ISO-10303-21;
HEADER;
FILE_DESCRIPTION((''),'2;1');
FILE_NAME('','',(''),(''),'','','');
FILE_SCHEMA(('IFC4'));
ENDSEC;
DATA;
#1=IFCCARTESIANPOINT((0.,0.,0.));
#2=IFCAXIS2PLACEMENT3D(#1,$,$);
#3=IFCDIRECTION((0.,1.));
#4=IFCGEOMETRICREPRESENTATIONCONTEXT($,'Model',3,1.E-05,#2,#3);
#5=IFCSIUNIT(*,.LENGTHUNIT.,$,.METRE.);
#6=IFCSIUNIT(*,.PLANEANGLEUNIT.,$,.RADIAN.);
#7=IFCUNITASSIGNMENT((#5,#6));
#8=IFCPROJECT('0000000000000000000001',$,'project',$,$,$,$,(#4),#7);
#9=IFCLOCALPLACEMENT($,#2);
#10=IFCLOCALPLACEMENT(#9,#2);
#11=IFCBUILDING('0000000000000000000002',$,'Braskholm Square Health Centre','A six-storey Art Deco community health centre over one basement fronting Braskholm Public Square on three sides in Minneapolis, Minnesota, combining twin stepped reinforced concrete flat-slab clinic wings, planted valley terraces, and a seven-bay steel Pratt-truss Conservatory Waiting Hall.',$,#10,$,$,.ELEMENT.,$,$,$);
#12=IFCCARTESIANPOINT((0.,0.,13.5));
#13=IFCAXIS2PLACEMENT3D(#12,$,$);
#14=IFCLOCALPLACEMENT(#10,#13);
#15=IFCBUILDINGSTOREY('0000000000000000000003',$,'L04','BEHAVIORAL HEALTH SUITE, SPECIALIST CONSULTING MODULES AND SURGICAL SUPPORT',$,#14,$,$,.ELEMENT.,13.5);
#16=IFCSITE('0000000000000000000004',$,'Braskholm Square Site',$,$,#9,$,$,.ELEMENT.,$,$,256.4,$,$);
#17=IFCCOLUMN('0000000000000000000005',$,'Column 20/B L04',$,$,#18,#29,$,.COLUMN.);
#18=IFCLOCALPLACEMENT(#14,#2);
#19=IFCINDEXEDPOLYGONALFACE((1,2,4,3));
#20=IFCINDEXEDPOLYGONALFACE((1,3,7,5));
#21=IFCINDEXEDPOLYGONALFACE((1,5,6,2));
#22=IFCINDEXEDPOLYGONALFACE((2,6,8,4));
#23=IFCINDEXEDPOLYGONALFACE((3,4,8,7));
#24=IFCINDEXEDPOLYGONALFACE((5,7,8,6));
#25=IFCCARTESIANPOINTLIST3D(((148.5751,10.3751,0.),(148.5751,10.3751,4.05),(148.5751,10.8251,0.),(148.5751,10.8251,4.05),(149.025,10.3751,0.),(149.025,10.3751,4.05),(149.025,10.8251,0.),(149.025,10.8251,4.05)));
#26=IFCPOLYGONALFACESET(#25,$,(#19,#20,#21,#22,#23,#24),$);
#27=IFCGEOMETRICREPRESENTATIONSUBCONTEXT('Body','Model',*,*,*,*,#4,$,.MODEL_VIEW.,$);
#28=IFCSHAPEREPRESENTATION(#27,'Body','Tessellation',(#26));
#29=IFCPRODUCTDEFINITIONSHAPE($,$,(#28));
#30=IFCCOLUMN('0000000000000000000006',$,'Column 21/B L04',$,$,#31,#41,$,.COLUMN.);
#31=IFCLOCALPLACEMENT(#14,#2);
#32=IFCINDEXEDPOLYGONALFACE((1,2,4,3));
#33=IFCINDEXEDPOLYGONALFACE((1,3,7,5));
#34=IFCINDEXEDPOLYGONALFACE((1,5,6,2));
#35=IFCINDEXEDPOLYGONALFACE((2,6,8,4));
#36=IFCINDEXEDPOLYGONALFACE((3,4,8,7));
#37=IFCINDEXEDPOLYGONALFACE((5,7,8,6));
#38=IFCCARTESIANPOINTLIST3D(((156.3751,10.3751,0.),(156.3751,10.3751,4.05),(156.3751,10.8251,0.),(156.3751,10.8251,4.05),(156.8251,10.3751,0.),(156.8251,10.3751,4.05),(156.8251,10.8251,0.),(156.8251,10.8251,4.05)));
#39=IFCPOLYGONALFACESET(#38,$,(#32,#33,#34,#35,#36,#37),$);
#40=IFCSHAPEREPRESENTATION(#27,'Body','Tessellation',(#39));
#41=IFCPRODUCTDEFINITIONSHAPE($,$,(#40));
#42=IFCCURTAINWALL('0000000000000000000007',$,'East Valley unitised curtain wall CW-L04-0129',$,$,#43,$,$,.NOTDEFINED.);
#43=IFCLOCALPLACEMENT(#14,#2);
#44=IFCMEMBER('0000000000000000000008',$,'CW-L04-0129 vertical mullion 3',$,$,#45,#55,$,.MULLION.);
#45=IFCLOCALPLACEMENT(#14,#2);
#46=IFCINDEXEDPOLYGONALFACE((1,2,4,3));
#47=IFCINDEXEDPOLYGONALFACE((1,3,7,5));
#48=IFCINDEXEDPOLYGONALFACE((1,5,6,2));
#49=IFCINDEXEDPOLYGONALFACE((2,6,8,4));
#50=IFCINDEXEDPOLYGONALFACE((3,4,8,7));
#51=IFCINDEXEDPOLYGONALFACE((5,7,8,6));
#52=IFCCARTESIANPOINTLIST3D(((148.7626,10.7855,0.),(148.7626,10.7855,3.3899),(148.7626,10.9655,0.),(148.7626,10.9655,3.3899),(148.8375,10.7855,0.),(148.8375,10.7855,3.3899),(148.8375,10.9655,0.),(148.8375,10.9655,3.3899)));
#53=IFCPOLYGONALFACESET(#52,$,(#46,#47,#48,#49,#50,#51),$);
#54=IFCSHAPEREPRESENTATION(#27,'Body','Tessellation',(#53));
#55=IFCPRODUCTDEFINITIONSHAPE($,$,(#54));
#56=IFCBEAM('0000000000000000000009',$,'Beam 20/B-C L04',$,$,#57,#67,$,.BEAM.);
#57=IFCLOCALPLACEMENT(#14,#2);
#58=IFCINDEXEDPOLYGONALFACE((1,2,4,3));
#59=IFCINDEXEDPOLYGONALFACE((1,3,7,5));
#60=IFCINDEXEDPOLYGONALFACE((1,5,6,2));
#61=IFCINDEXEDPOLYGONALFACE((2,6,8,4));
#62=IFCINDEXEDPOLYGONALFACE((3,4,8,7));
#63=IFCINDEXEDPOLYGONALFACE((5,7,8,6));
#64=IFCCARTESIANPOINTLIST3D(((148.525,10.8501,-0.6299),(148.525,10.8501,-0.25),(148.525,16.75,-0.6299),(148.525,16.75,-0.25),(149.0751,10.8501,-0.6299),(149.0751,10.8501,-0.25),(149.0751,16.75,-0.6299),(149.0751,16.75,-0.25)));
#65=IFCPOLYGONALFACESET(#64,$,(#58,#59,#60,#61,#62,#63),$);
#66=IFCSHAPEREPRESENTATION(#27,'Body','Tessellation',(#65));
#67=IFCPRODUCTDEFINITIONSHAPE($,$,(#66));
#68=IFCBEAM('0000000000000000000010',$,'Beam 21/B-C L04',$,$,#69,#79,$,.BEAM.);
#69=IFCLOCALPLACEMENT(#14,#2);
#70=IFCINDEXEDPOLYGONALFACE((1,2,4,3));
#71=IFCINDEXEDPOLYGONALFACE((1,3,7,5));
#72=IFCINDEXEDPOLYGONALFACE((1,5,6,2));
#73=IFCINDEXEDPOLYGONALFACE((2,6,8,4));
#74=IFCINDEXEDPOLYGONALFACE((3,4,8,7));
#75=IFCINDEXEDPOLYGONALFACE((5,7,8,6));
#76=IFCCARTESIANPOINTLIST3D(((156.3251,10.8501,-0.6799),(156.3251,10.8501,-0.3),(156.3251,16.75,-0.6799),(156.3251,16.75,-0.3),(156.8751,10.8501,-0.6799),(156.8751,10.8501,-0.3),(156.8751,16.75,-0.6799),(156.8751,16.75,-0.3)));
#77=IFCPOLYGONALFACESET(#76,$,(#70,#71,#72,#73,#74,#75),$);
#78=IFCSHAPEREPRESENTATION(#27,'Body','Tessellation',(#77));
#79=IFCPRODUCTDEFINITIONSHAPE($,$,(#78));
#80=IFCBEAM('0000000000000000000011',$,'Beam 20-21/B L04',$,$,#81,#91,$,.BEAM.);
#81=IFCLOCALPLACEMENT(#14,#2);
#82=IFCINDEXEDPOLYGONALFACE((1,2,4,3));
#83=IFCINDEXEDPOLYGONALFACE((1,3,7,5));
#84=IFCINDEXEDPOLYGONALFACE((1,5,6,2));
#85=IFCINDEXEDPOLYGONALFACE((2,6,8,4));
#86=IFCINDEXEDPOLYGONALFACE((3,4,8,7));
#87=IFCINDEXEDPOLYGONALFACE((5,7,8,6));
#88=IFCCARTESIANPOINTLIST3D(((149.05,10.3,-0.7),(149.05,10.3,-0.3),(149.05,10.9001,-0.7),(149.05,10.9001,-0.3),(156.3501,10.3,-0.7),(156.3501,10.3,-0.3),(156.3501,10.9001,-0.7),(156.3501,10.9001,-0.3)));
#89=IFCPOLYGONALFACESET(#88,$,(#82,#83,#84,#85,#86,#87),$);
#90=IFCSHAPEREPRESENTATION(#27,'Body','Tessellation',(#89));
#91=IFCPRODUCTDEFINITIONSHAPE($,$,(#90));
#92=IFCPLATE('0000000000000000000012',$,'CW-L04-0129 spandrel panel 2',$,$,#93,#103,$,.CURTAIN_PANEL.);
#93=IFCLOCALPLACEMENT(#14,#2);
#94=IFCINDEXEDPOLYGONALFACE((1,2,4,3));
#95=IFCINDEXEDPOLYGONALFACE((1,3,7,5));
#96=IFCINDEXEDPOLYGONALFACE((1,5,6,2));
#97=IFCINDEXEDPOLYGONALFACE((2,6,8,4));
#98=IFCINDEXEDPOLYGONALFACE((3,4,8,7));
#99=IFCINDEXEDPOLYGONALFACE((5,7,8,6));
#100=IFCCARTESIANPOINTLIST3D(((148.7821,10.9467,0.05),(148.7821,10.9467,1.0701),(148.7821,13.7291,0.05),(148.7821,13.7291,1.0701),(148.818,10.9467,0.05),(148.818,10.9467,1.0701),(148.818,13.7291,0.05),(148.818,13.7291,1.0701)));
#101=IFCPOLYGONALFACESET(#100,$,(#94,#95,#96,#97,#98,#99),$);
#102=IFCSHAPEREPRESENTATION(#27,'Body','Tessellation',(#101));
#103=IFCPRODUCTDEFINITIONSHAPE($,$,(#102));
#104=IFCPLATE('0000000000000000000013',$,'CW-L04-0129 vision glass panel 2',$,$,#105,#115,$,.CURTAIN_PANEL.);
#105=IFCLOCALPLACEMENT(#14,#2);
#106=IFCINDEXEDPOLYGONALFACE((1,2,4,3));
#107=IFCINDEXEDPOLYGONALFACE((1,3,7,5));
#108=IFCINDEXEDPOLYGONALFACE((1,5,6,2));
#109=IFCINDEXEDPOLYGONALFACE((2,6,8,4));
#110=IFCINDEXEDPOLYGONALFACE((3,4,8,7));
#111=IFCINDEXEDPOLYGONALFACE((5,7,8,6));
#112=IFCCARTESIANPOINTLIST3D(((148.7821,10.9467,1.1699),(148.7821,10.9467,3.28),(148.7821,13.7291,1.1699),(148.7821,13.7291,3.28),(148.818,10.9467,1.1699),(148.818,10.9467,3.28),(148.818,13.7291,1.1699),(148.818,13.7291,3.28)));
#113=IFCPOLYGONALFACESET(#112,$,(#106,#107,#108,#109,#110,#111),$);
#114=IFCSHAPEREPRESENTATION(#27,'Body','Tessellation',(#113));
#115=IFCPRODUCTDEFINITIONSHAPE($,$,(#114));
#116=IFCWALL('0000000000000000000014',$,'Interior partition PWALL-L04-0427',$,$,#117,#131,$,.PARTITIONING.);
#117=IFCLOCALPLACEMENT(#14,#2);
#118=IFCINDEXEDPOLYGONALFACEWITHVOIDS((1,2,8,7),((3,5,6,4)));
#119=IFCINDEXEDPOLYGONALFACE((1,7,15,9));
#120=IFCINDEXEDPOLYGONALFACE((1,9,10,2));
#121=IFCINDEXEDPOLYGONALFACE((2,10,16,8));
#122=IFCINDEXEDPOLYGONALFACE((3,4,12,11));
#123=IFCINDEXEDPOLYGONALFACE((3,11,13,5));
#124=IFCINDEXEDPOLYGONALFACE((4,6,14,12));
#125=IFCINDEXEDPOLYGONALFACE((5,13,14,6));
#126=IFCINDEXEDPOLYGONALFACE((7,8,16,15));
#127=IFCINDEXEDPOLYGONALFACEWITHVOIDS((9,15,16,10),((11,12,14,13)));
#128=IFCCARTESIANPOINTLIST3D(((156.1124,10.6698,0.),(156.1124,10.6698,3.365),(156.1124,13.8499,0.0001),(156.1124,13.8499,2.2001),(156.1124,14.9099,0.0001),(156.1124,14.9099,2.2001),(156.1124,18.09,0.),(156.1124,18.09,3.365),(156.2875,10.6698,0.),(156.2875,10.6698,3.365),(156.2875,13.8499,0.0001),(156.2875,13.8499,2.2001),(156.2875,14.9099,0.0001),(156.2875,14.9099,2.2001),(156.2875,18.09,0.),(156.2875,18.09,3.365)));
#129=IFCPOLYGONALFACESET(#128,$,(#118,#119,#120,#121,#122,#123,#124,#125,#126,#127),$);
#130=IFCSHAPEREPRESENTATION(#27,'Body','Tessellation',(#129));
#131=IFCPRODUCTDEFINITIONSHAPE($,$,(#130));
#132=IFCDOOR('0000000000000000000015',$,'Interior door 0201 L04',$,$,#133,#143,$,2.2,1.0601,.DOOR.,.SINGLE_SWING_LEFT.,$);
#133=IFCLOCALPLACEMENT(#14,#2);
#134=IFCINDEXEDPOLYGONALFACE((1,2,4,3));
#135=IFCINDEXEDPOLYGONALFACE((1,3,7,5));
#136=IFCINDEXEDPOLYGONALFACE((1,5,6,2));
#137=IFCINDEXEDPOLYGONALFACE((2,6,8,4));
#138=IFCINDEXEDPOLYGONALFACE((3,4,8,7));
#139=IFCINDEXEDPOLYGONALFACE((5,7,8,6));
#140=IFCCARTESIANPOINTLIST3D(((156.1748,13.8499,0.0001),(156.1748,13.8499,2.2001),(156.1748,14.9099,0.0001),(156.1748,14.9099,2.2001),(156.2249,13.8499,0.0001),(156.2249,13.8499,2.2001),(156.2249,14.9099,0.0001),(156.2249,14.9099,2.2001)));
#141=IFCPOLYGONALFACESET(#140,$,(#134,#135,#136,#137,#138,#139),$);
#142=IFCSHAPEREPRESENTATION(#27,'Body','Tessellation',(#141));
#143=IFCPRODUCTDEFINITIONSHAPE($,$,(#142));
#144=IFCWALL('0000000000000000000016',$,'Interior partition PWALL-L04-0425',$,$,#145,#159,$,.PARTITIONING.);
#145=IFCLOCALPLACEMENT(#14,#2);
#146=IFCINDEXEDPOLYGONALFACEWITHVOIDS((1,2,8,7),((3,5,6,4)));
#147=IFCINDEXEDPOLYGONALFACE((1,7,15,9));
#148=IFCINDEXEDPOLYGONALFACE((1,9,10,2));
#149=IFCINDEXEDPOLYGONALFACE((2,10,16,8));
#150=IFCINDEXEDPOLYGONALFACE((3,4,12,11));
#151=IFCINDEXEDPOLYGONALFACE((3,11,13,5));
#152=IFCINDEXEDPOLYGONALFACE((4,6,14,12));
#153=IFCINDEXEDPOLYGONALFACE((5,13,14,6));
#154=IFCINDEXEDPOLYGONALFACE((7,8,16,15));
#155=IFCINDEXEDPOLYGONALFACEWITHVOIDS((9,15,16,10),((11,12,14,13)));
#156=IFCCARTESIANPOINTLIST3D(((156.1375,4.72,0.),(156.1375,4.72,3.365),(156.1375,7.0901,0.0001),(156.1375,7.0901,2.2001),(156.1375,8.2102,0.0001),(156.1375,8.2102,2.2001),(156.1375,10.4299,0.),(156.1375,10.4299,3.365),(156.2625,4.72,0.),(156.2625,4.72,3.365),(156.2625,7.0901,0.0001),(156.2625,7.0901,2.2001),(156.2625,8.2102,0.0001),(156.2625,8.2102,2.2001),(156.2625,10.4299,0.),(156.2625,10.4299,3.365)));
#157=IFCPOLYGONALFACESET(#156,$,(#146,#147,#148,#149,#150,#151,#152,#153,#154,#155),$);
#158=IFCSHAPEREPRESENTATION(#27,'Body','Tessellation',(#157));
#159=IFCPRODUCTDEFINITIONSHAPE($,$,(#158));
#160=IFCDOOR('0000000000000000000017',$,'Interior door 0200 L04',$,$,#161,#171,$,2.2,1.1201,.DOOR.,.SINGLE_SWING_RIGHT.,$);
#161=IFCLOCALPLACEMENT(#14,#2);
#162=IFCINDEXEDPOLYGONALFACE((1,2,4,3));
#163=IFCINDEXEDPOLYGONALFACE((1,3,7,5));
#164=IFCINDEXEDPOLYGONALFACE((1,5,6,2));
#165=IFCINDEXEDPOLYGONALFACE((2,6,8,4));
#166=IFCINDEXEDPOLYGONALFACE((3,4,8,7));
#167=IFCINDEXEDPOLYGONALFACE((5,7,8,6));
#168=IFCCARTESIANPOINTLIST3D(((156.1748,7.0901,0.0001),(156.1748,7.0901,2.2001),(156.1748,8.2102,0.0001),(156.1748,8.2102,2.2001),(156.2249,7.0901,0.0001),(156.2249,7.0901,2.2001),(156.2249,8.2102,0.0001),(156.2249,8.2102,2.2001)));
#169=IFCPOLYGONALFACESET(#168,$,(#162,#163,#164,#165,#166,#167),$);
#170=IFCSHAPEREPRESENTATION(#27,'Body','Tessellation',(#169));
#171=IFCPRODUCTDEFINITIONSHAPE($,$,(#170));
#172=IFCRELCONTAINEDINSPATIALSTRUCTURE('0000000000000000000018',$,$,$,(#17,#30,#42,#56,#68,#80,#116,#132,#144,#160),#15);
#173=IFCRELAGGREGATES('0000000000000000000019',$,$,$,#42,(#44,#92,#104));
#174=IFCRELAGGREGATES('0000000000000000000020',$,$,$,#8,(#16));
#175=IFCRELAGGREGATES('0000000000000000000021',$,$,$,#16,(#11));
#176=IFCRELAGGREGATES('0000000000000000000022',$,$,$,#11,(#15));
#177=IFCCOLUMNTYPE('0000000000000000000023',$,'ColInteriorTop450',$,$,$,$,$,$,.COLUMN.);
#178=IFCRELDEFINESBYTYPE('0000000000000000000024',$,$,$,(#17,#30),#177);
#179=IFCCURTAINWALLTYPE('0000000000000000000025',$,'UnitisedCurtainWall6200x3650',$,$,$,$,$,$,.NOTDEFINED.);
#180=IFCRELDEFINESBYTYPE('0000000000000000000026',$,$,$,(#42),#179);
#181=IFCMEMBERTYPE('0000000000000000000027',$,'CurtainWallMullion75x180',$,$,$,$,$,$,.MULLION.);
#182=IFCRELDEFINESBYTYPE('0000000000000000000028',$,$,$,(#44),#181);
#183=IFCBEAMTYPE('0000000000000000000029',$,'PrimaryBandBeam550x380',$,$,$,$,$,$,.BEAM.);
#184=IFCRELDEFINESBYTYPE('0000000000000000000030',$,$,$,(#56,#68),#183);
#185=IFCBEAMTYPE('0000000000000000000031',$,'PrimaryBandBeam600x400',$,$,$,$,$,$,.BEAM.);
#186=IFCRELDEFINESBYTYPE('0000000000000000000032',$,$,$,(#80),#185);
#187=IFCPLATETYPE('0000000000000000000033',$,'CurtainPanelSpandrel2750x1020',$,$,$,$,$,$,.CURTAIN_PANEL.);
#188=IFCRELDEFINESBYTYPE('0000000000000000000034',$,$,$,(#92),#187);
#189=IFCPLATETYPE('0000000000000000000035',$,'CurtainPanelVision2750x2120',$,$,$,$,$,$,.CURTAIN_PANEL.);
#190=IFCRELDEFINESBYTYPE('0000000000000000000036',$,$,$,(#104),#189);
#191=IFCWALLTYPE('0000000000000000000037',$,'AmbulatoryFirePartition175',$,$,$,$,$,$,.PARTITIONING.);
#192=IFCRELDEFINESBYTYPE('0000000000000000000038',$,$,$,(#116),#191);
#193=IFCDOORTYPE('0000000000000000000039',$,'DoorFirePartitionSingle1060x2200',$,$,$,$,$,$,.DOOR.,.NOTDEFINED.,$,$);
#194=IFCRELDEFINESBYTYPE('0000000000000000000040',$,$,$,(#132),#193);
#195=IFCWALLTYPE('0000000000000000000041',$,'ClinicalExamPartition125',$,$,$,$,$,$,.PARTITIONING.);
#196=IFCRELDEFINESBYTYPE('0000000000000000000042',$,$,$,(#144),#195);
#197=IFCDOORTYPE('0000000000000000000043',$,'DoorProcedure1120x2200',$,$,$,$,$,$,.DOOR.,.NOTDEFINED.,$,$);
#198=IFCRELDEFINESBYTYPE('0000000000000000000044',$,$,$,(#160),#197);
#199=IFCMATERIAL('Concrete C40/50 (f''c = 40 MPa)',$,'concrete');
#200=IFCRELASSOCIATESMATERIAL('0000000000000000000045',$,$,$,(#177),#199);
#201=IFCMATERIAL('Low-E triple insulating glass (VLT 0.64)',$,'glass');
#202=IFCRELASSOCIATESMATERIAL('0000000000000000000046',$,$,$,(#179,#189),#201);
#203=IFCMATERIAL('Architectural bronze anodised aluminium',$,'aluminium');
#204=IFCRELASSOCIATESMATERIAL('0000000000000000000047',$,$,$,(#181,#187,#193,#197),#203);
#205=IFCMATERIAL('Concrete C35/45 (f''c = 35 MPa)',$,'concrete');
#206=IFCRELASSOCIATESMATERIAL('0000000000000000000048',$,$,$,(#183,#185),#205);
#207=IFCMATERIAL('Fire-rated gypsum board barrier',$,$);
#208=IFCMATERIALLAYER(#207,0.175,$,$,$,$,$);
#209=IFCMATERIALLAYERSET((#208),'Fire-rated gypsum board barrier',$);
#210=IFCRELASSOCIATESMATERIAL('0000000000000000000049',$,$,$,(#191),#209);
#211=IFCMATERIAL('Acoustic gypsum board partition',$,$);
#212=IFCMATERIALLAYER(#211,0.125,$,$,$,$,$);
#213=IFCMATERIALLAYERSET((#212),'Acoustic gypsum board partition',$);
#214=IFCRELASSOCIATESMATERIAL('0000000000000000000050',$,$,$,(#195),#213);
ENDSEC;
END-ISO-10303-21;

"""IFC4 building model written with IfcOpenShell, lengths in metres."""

from ifc_helpers import new_model, si_unit, direction, frame, frame_2d, origin, origin_2d, place, context, subcontext, project, spatial, rectangle, extrude, material, layer, layer_set, material_profile, profile_set, type_object, element, fill, aggregate, save


model = new_model("IFC4")

# Units and contexts
model_context = context("Model", 3, precision=1e-05, world=origin(), true_north=direction((0.0, 1.0)))
body_context = subcontext(model_context, "Body", "Model", "MODEL_VIEW")
ifc_project = project(units=[si_unit("LENGTHUNIT", "METRE"), si_unit("PLANEANGLEUNIT", "RADIAN")], contexts=[model_context])

# Site, building, storey
site_placement = place(None, origin())
site = spatial("IfcSite", under=ifc_project, at=site_placement, Name="Braskholm Square Site", CompositionType="ELEMENT", RefElevation=256.4)
building_placement = place(site_placement, origin())
building = spatial("IfcBuilding", under=site, at=building_placement, Name="Braskholm Square Health Centre", Description="A six-storey Art Deco community health centre over one basement fronting Braskholm Public Square on three sides in Minneapolis, Minnesota, combining twin stepped reinforced concrete flat-slab clinic wings, planted valley terraces, and a seven-bay steel Pratt-truss Conservatory Waiting Hall.", CompositionType="ELEMENT")
storey_placement = place(building_placement, frame((0.0, 0.0, 13.5)))
storey = spatial("IfcBuildingStorey", under=building, at=storey_placement, Name="L04", Description="BEHAVIORAL HEALTH SUITE, SPECIALIST CONSULTING MODULES AND SURGICAL SUPPORT", CompositionType="ELEMENT", Elevation=13.5)

# Columns
ifc_material_1 = material(Name="Concrete C40/50 (f'c = 40 MPa)", Category="concrete")
ifc_material_profile_1 = material_profile(ifc_material_1, rectangle(XDim=0.45, YDim=0.45, at=origin_2d()), Name="RC-450X450")
ifc_profile_set_1 = profile_set([ifc_material_profile_1], Name="Concrete C40/50 (f'c = 40 MPa)")
column_type = type_object("IfcColumnType", Name="ColInteriorTop450", PredefinedType="COLUMN", material=ifc_profile_set_1)
for number, where, z_axis, x_axis, name in (
    (1, (148.8, 10.6001, 0.0), (0.0, 0.0, 1.0), (1.0, 0.0, 0.0), "Column 20/B L04"),
    (2, (156.6001, 10.6001, 0.0), (0.0, 0.0, 1.0), (1.0, 0.0, 0.0), "Column 21/B L04"),
):
    element("IfcColumn", number, at=place(storey_placement, frame(where, z_axis=z_axis, x_axis=x_axis)), inside=storey, type_object=column_type, Name=name, PredefinedType="COLUMN", context=body_context, shape_type="SweptSolid", body=[
        extrude(rectangle(XDim=0.45, YDim=0.45, at=origin_2d()), origin(), (0.0, 0.0, 1.0), 4.05),
    ])

# Curtain wall, member
ifc_material_2 = material(Name="Low-E triple insulating glass (VLT 0.64)", Category="glass")
curtain_wall_type = type_object("IfcCurtainWallType", Name="UnitisedCurtainWall6200x3650", PredefinedType="NOTDEFINED", material=ifc_material_2)
curtain_wall_placement = place(storey_placement, origin())
curtain_wall = element("IfcCurtainWall", 3, at=curtain_wall_placement, inside=storey, type_object=curtain_wall_type, Name="East Valley unitised curtain wall CW-L04-0129", PredefinedType="NOTDEFINED")
ifc_material_3 = material(Name="Architectural bronze anodised aluminium", Category="aluminium")
ifc_material_profile_2 = material_profile(ifc_material_3, rectangle(XDim=0.075, YDim=0.1799, at=origin_2d()), Name="ALU-75X180")
ifc_profile_set_2 = profile_set([ifc_material_profile_2], Name="Architectural bronze anodised aluminium")
member_type = type_object("IfcMemberType", Name="CurtainWallMullion75x180", PredefinedType="MULLION", material=ifc_profile_set_2)
member_placement = place(storey_placement, frame((148.8, 10.8755, 0.0), z_axis=(0.0, 0.0, 1.0), x_axis=(1.0, 0.0, 0.0)))
member = element("IfcMember", 4, at=member_placement, type_object=member_type, Name="CW-L04-0129 vertical mullion 3", PredefinedType="MULLION", context=body_context, shape_type="SweptSolid", body=[
    extrude(rectangle(XDim=0.075, YDim=0.1799, at=origin_2d()), origin(), (0.0, 0.0, 1.0), 3.3899),
])

# Beams
ifc_material_4 = material(Name="Concrete C35/45 (f'c = 35 MPa)", Category="concrete")
ifc_material_profile_3 = material_profile(ifc_material_4, rectangle(XDim=0.55, YDim=0.3799, at=origin_2d()), Name="RCB-550X380")
ifc_profile_set_3 = profile_set([ifc_material_profile_3], Name="Concrete C35/45 (f'c = 35 MPa)")
beam_type_1 = type_object("IfcBeamType", Name="PrimaryBandBeam550x380", PredefinedType="BEAM", material=ifc_profile_set_3)
for number, where, z_axis, x_axis, name in (
    (5, (148.8, 10.8501, -0.4399), (0.0, 1.0, 0.0), (-1.0, 0.0, 0.0), "Beam 20/B-C L04"),
    (6, (156.6001, 10.8501, -0.49), (0.0, 1.0, 0.0), (-1.0, 0.0, 0.0), "Beam 21/B-C L04"),
):
    element("IfcBeam", number, at=place(storey_placement, frame(where, z_axis=z_axis, x_axis=x_axis)), inside=storey, type_object=beam_type_1, Name=name, PredefinedType="BEAM", context=body_context, shape_type="SweptSolid", body=[
        extrude(rectangle(XDim=0.55, YDim=0.3799, at=origin_2d()), origin(), (0.0, 0.0, 1.0), 5.8999),
    ])
ifc_material_profile_4 = material_profile(ifc_material_4, rectangle(XDim=0.6001, YDim=0.3999, at=origin_2d()), Name="RCB-600X400")
ifc_profile_set_4 = profile_set([ifc_material_profile_4], Name="Concrete C35/45 (f'c = 35 MPa)")
beam_type_2 = type_object("IfcBeamType", Name="PrimaryBandBeam600x400", PredefinedType="BEAM", material=ifc_profile_set_4)
beam_placement = place(storey_placement, frame((149.05, 10.6001, -0.5), z_axis=(1.0, 0.0, 0.0), x_axis=(0.0, 1.0, 0.0)))
element("IfcBeam", 7, at=beam_placement, inside=storey, type_object=beam_type_2, Name="Beam 20-21/B L04", PredefinedType="BEAM", context=body_context, shape_type="SweptSolid", body=[
    extrude(rectangle(XDim=0.6001, YDim=0.3999, at=origin_2d()), origin(), (0.0, 0.0, 1.0), 7.3),
])

# Plates
plate_type_1 = type_object("IfcPlateType", Name="CurtainPanelSpandrel2750x1020", PredefinedType="CURTAIN_PANEL", material=ifc_material_3)
plate_1_placement = place(storey_placement, frame((148.8, 12.3379, 0.05), z_axis=(0.0, 0.0, 1.0), x_axis=(0.0, -1.0, 0.0)))
plate_1 = element("IfcPlate", 8, at=plate_1_placement, type_object=plate_type_1, Name="CW-L04-0129 spandrel panel 2", PredefinedType="CURTAIN_PANEL", context=body_context, shape_type="SweptSolid", body=[
    extrude(rectangle(XDim=2.7825, YDim=0.0359, at=origin_2d()), origin(), (0.0, 0.0, 1.0), 1.02),
])
plate_type_2 = type_object("IfcPlateType", Name="CurtainPanelVision2750x2120", PredefinedType="CURTAIN_PANEL", material=ifc_material_2)
plate_2_placement = place(storey_placement, frame((148.8, 12.3379, 1.1699), z_axis=(0.0, 0.0, 1.0), x_axis=(0.0, -1.0, 0.0)))
plate_2 = element("IfcPlate", 9, at=plate_2_placement, type_object=plate_type_2, Name="CW-L04-0129 vision glass panel 2", PredefinedType="CURTAIN_PANEL", context=body_context, shape_type="SweptSolid", body=[
    extrude(rectangle(XDim=2.7825, YDim=0.0359, at=origin_2d()), origin(), (0.0, 0.0, 1.0), 2.1101),
])
aggregate(curtain_wall, [member, plate_1, plate_2])

# Walls, openings, doors
ifc_material_5 = material(Name="Fire-rated gypsum board barrier")
ifc_layer_1 = layer(ifc_material_5, 0.175)
ifc_layer_set_1 = layer_set([ifc_layer_1], Name="Fire-rated gypsum board barrier")
wall_type_1 = type_object("IfcWallType", Name="AmbulatoryFirePartition175", PredefinedType="PARTITIONING", material=ifc_layer_set_1)
wall_1_placement = place(storey_placement, frame((156.2, 10.6699, 0.0), z_axis=(0.0, 0.0, 1.0), x_axis=(0.0, 1.0, 0.0)))
wall_1 = element("IfcWall", 10, at=wall_1_placement, inside=storey, type_object=wall_type_1, Name="Interior partition PWALL-L04-0427", PredefinedType="PARTITIONING", context=body_context, shape_type="SweptSolid", body=[
    extrude(rectangle(XDim=7.4202, YDim=0.175, at=frame_2d((3.71, 0.0))), origin(), (0.0, 0.0, 1.0), 3.365),
])
opening_1_placement = place(wall_1_placement, frame((3.1799, 0.0, 0.0)))
opening_1 = element("IfcOpeningElement", 11, at=opening_1_placement, cuts=wall_1, PredefinedType="OPENING", context=body_context, shape_type="SweptSolid", body=[
    extrude(rectangle(XDim=1.0601, YDim=2.2, at=frame_2d((0.53, 1.1001))), frame((0.0, 0.0977, 0.0), z_axis=(0.0, -1.0, 0.0), x_axis=(1.0, 0.0, 0.0)), (0.0, 0.0, 1.0), 0.1951),
])
door_type_1 = type_object("IfcDoorType", Name="DoorFirePartitionSingle1060x2200", OperationType="NOTDEFINED", PredefinedType="DOOR", material=ifc_material_3)
door_1_placement = place(opening_1_placement, frame((1.0601, 0.0, 0.0), z_axis=(0.0, 0.0, 1.0), x_axis=(-1.0, 0.0, 0.0)))
door_1 = element("IfcDoor", 12, at=door_1_placement, inside=storey, type_object=door_type_1, Name="Interior door 0201 L04", OperationType="SINGLE_SWING_LEFT", OverallHeight=2.2, OverallWidth=1.0601, PredefinedType="DOOR", context=body_context, shape_type="SweptSolid", body=[
    extrude(rectangle(XDim=1.0601, YDim=2.2, at=frame_2d((0.53, 1.1001))), frame((0.0, 0.0249, 0.0), z_axis=(0.0, -1.0, 0.0), x_axis=(1.0, 0.0, 0.0)), (0.0, 0.0, 1.0), 0.05),
])
fill(opening_1, door_1)
ifc_material_6 = material(Name="Acoustic gypsum board partition")
ifc_layer_2 = layer(ifc_material_6, 0.125)
ifc_layer_set_2 = layer_set([ifc_layer_2], Name="Acoustic gypsum board partition")
wall_type_2 = type_object("IfcWallType", Name="ClinicalExamPartition125", PredefinedType="PARTITIONING", material=ifc_layer_set_2)
wall_2_placement = place(storey_placement, frame((156.2, 4.72, 0.0), z_axis=(0.0, 0.0, 1.0), x_axis=(0.0, 1.0, 0.0)))
wall_2 = element("IfcWall", 13, at=wall_2_placement, inside=storey, type_object=wall_type_2, Name="Interior partition PWALL-L04-0425", PredefinedType="PARTITIONING", context=body_context, shape_type="SweptSolid", body=[
    extrude(rectangle(XDim=5.71, YDim=0.125, at=frame_2d((2.855, 0.0))), origin(), (0.0, 0.0, 1.0), 3.365),
])
opening_2_placement = place(wall_2_placement, frame((2.3701, 0.0, 0.0)))
opening_2 = element("IfcOpeningElement", 14, at=opening_2_placement, cuts=wall_2, PredefinedType="OPENING", context=body_context, shape_type="SweptSolid", body=[
    extrude(rectangle(XDim=1.1201, YDim=2.2, at=frame_2d((0.5601, 1.1001))), frame((0.0, 0.0725, 0.0), z_axis=(0.0, -1.0, 0.0), x_axis=(1.0, 0.0, 0.0)), (0.0, 0.0, 1.0), 0.145),
])
door_type_2 = type_object("IfcDoorType", Name="DoorProcedure1120x2200", OperationType="NOTDEFINED", PredefinedType="DOOR", material=ifc_material_3)
door_2_placement = place(opening_2_placement, frame((1.1201, 0.0, 0.0), z_axis=(0.0, 0.0, 1.0), x_axis=(-1.0, 0.0, 0.0)))
door_2 = element("IfcDoor", 15, at=door_2_placement, inside=storey, type_object=door_type_2, Name="Interior door 0200 L04", OperationType="SINGLE_SWING_RIGHT", OverallHeight=2.2, OverallWidth=1.1201, PredefinedType="DOOR", context=body_context, shape_type="SweptSolid", body=[
    extrude(rectangle(XDim=1.1201, YDim=2.2, at=frame_2d((0.5601, 1.1001))), frame((0.0, 0.0249, 0.0), z_axis=(0.0, -1.0, 0.0), x_axis=(1.0, 0.0, 0.0)), (0.0, 0.0, 1.0), 0.05),
])
fill(opening_2, door_2)

save(model, "model.ifc")
